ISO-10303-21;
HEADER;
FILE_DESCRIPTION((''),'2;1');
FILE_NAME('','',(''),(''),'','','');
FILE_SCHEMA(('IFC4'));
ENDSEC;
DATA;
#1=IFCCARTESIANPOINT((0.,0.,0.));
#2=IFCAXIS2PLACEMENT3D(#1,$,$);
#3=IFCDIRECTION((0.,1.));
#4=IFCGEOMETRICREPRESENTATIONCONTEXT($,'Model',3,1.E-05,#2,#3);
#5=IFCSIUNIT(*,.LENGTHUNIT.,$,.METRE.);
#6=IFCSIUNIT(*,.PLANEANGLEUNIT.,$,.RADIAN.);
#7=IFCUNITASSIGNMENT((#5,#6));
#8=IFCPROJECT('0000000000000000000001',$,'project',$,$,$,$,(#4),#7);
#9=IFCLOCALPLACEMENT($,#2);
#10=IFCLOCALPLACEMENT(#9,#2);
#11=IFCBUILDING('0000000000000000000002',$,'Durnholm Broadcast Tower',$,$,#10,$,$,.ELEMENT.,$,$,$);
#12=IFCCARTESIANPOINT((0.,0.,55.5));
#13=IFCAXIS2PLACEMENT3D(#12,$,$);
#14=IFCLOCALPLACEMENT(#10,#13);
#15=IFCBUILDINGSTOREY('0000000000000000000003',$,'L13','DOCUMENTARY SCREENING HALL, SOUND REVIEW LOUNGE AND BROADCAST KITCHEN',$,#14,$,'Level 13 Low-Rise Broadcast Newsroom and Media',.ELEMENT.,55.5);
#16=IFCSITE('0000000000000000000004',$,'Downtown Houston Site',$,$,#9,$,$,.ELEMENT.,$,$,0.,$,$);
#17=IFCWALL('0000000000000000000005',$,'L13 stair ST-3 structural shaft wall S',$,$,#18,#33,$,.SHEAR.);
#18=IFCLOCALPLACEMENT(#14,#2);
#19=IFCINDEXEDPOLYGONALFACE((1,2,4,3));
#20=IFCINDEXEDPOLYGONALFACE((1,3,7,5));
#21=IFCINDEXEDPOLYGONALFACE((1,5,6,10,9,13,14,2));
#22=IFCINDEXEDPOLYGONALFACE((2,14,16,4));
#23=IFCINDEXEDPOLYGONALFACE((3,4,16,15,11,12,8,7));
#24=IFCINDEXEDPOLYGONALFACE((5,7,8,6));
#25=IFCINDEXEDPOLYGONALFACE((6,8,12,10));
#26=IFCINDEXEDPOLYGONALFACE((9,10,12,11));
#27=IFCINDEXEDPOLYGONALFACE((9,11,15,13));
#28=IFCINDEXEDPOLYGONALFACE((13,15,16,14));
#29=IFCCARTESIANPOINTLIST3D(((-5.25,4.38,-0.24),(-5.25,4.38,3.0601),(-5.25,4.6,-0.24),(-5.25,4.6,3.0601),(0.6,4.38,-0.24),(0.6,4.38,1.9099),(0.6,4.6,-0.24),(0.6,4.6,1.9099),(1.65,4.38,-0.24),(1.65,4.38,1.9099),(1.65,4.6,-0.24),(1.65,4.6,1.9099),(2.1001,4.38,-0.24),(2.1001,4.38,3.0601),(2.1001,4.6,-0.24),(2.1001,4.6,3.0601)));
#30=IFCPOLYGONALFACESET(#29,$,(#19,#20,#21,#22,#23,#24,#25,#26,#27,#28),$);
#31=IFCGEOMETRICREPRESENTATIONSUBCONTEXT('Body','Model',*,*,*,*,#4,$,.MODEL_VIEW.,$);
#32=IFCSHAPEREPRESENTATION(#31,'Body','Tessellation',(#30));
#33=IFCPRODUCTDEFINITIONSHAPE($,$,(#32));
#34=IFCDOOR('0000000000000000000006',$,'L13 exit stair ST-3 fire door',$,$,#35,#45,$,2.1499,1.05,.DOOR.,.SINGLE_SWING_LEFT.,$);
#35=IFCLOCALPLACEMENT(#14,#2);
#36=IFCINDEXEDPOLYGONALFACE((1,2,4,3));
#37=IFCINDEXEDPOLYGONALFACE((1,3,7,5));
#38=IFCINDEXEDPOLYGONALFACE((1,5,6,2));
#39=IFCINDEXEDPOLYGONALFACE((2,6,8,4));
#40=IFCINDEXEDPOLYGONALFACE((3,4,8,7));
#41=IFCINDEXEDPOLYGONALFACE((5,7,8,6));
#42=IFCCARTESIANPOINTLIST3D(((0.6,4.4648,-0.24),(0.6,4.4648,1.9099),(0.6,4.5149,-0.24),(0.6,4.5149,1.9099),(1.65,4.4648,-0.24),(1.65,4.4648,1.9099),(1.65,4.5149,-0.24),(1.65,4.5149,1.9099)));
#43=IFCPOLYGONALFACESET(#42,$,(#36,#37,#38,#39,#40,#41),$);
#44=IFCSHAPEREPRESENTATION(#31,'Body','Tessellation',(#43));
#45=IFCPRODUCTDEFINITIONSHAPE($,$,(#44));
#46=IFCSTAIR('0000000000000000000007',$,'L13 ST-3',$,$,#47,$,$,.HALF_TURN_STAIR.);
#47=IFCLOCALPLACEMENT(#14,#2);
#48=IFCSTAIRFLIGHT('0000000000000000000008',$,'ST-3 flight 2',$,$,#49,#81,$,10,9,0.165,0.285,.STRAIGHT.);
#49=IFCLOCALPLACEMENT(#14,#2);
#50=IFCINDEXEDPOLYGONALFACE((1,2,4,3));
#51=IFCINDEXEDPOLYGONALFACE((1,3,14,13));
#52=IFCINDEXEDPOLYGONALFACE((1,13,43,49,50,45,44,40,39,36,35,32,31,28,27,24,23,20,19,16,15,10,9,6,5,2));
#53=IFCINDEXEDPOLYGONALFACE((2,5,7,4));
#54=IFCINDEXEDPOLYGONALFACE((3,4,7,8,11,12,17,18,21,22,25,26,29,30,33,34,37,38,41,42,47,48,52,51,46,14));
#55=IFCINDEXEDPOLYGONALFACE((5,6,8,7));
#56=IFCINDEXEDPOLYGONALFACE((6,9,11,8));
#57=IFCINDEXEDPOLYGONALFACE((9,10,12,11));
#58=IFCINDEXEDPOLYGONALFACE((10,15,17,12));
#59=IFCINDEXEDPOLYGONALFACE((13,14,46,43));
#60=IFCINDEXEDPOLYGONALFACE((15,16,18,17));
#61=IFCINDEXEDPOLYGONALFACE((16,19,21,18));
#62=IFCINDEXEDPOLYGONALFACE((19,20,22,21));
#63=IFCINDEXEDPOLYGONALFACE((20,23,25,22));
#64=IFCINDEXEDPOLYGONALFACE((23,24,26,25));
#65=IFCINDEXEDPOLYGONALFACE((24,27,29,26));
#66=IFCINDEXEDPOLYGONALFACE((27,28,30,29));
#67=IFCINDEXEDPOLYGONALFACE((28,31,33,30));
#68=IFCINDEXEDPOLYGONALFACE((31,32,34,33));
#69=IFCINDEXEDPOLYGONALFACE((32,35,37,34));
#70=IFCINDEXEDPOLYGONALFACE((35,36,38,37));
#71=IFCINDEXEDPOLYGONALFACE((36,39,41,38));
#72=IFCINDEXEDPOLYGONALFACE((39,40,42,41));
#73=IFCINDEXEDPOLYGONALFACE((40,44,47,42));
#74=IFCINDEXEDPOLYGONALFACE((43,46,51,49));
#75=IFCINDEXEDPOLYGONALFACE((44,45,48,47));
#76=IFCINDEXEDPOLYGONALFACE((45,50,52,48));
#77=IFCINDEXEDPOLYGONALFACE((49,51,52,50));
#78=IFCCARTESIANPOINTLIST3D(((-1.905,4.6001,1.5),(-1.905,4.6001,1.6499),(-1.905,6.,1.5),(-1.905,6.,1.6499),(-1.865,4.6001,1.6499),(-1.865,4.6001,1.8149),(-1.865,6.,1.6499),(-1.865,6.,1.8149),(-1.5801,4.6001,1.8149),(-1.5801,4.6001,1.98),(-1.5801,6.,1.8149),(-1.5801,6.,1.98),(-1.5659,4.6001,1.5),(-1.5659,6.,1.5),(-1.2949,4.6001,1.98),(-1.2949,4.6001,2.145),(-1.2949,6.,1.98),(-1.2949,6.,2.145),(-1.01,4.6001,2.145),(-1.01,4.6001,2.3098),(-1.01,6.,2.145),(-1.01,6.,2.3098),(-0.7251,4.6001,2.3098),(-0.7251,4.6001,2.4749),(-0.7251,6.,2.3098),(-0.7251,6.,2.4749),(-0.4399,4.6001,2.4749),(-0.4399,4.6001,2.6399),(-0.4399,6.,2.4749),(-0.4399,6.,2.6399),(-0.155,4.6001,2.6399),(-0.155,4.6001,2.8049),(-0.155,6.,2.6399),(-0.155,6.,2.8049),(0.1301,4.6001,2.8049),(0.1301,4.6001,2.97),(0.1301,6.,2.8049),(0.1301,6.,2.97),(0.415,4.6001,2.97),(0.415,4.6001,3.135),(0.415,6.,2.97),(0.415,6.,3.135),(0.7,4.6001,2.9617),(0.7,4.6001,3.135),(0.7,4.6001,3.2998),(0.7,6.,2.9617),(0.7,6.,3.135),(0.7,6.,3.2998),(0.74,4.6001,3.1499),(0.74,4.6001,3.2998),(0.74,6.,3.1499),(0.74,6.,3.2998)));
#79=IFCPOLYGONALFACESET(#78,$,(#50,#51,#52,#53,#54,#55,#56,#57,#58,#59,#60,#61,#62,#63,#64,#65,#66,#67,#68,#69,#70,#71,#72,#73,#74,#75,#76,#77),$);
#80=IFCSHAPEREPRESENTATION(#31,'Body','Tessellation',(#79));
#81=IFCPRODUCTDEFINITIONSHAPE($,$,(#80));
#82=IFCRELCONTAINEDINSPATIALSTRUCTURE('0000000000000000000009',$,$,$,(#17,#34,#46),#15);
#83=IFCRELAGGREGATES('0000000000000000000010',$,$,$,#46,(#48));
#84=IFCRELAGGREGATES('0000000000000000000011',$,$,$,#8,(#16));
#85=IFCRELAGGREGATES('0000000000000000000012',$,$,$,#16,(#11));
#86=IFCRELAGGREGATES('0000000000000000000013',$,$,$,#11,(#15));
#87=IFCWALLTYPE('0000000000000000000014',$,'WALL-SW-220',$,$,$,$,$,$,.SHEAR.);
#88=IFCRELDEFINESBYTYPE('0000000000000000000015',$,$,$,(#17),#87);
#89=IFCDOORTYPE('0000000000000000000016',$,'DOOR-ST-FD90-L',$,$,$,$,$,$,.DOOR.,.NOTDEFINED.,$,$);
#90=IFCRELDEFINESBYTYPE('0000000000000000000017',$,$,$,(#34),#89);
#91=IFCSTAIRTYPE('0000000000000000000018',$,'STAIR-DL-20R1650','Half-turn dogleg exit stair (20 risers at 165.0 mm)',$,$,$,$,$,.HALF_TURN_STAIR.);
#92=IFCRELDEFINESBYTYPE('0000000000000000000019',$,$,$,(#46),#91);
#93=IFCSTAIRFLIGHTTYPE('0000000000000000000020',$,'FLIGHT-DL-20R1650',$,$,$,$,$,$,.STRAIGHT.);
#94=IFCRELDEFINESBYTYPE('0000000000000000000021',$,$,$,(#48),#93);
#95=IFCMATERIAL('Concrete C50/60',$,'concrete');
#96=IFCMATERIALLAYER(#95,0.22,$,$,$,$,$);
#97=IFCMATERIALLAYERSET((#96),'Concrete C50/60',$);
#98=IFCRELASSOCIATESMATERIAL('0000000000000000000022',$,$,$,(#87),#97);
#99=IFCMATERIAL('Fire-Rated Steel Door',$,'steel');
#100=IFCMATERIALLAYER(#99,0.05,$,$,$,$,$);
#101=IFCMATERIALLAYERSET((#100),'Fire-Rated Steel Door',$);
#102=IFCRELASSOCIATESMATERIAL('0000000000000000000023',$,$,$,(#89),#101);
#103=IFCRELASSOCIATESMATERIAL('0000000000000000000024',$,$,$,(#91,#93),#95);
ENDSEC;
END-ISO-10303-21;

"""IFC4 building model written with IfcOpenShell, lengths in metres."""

from ifc_helpers import new_model, si_unit, direction, frame, frame_2d, origin, place, context, subcontext, project, spatial, polyline, rectangle, outline, extrude, source, transform, mapped, material, layer, layer_set, type_object, type_shapes, element, fill, aggregate, save


model = new_model("IFC4")

# Units and contexts
model_context = context("Model", 3, precision=1e-05, world=origin(), true_north=direction((0.0, 1.0)))
body_context = subcontext(model_context, "Body", "Model", "MODEL_VIEW")
ifc_project = project(units=[si_unit("LENGTHUNIT", "METRE"), si_unit("PLANEANGLEUNIT", "RADIAN")], contexts=[model_context])

# Site, building, storey
site_placement = place(None, origin())
site = spatial("IfcSite", under=ifc_project, at=site_placement, Name="Downtown Houston Site", CompositionType="ELEMENT", RefElevation=0.0)
building_placement = place(site_placement, origin())
building = spatial("IfcBuilding", under=site, at=building_placement, Name="Durnholm Broadcast Tower", CompositionType="ELEMENT")
storey_placement = place(building_placement, frame((0.0, 0.0, 55.5)))
storey = spatial("IfcBuildingStorey", under=building, at=storey_placement, Name="L13", Description="DOCUMENTARY SCREENING HALL, SOUND REVIEW LOUNGE AND BROADCAST KITCHEN", LongName="Level 13 Low-Rise Broadcast Newsroom and Media", CompositionType="ELEMENT", Elevation=55.5)

# Shared definitions
ifc_material_1 = material(Name="Concrete C50/60", Category="concrete")
ifc_layer_1 = layer(ifc_material_1, 0.22)
ifc_layer_set_1 = layer_set([ifc_layer_1], Name="Concrete C50/60")
wall_type_1 = type_object("IfcWallType", Name="WALL-SW-220", PredefinedType="SHEAR", material=ifc_layer_set_1)

# Wall, opening, door
wall_1_placement = place(storey_placement, frame((-5.25, 4.49, -0.24), z_axis=(0.0, 0.0, 1.0), x_axis=(1.0, 0.0, 0.0)))
wall_1 = element("IfcWall", 1, at=wall_1_placement, inside=storey, type_object=wall_type_1, Name="L13 stair ST-3 structural shaft wall S", PredefinedType="SHEAR", context=body_context, shape_type="SweptSolid", body=[
    extrude(rectangle(XDim=7.3501, YDim=0.22, at=frame_2d((3.675, 0.0))), origin(), (0.0, 0.0, 1.0), 3.3),
])
opening_1_placement = place(wall_1_placement, frame((5.8501, 0.0, 0.0)))
opening_1 = element("IfcOpeningElement", 2, at=opening_1_placement, cuts=wall_1, PredefinedType="OPENING", context=body_context, shape_type="SweptSolid", body=[
    extrude(rectangle(XDim=1.05, YDim=2.1499, at=frame_2d((0.5249, 1.075))), frame((0.0, 0.1201, 0.0), z_axis=(0.0, -1.0, 0.0), x_axis=(1.0, 0.0, 0.0)), (0.0, 0.0, 1.0), 0.24),
])
ifc_material_2 = material(Name="Fire-Rated Steel Door", Category="steel")
ifc_layer_2 = layer(ifc_material_2, 0.05)
ifc_layer_set_2 = layer_set([ifc_layer_2], Name="Fire-Rated Steel Door")
door_type_1 = type_object("IfcDoorType", Name="DOOR-ST-FD90-L", OperationType="NOTDEFINED", PredefinedType="DOOR", material=ifc_layer_set_2)
shared_shape_1 = source(origin(), body_context, "Body", "SweptSolid", [
    extrude(rectangle(XDim=1.05, YDim=2.1499, at=frame_2d((0.5249, 1.075))), frame((0.0, 0.0249, 0.0), z_axis=(0.0, -1.0, 0.0), x_axis=(1.0, 0.0, 0.0)), (0.0, 0.0, 1.0), 0.05),
])
type_shapes(door_type_1, [shared_shape_1])
door_1_placement = place(opening_1_placement, origin())
door_1 = element("IfcDoor", 3, at=door_1_placement, inside=storey, type_object=door_type_1, Name="L13 exit stair ST-3 fire door", OperationType="SINGLE_SWING_LEFT", OverallHeight=2.1499, OverallWidth=1.05, PredefinedType="DOOR", context=body_context, shape_type="MappedRepresentation", body=[
    mapped(shared_shape_1, transform((0.0, 0.0, 0.0), x_axis=(1.0, 0.0, 0.0), y_axis=(0.0, 1.0, 0.0), z_axis=(0.0, 0.0, 1.0), scale=1.0)),
])
fill(opening_1, door_1)

# Stair, stair flight
stair_type = type_object("IfcStairType", Name="STAIR-DL-20R1650", Description="Half-turn dogleg exit stair (20 risers at 165.0 mm)", PredefinedType="HALF_TURN_STAIR", material=ifc_material_1)
stair_placement = place(storey_placement, origin())
stair = element("IfcStair", 4, at=stair_placement, inside=storey, type_object=stair_type, Name="L13 ST-3", PredefinedType="HALF_TURN_STAIR")
stair_flight_type = type_object("IfcStairFlightType", Name="FLIGHT-DL-20R1650", PredefinedType="STRAIGHT", material=ifc_material_1)
stair_flight_placement = place(storey_placement, frame((-1.865, 5.3, 1.6499), z_axis=(0.0, 0.0, 1.0), x_axis=(1.0, 0.0, 0.0)))
stair_flight = element("IfcStairFlight", 5, at=stair_flight_placement, type_object=stair_flight_type, Name="ST-3 flight 2", NumberOfRisers=10, NumberOfTreads=9, PredefinedType="STRAIGHT", RiserHeight=0.165, TreadLength=0.285, context=body_context, shape_type="SweptSolid", body=[
    extrude(outline(polyline([(-0.04, -0.1499), (-0.04, 0.0), (0.0, 0.0), (0.0, 0.165), (0.2849, 0.165), (0.2849, 0.3301), (0.5701, 0.3301), (0.5701, 0.4951), (0.855, 0.4951), (0.855, 0.6599), (1.1399, 0.6599), (1.1399, 0.825), (1.425, 0.825), (1.425, 0.99), (1.71, 0.99), (1.71, 1.155), (1.9951, 1.155), (1.9951, 1.3201), (2.28, 1.3201), (2.28, 1.4851), (2.5649, 1.4851), (2.5649, 1.6499), (2.605, 1.6499), (2.605, 1.5), (2.5649, 1.3118), (0.2991, -0.1499), (-0.04, -0.1499)])), frame((0.0, 0.7, 0.0), z_axis=(0.0, -1.0, 0.0), x_axis=(1.0, 0.0, 0.0)), (0.0, 0.0, 1.0), 1.3999),
])
aggregate(stair, [stair_flight])

save(model, "model.ifc")
